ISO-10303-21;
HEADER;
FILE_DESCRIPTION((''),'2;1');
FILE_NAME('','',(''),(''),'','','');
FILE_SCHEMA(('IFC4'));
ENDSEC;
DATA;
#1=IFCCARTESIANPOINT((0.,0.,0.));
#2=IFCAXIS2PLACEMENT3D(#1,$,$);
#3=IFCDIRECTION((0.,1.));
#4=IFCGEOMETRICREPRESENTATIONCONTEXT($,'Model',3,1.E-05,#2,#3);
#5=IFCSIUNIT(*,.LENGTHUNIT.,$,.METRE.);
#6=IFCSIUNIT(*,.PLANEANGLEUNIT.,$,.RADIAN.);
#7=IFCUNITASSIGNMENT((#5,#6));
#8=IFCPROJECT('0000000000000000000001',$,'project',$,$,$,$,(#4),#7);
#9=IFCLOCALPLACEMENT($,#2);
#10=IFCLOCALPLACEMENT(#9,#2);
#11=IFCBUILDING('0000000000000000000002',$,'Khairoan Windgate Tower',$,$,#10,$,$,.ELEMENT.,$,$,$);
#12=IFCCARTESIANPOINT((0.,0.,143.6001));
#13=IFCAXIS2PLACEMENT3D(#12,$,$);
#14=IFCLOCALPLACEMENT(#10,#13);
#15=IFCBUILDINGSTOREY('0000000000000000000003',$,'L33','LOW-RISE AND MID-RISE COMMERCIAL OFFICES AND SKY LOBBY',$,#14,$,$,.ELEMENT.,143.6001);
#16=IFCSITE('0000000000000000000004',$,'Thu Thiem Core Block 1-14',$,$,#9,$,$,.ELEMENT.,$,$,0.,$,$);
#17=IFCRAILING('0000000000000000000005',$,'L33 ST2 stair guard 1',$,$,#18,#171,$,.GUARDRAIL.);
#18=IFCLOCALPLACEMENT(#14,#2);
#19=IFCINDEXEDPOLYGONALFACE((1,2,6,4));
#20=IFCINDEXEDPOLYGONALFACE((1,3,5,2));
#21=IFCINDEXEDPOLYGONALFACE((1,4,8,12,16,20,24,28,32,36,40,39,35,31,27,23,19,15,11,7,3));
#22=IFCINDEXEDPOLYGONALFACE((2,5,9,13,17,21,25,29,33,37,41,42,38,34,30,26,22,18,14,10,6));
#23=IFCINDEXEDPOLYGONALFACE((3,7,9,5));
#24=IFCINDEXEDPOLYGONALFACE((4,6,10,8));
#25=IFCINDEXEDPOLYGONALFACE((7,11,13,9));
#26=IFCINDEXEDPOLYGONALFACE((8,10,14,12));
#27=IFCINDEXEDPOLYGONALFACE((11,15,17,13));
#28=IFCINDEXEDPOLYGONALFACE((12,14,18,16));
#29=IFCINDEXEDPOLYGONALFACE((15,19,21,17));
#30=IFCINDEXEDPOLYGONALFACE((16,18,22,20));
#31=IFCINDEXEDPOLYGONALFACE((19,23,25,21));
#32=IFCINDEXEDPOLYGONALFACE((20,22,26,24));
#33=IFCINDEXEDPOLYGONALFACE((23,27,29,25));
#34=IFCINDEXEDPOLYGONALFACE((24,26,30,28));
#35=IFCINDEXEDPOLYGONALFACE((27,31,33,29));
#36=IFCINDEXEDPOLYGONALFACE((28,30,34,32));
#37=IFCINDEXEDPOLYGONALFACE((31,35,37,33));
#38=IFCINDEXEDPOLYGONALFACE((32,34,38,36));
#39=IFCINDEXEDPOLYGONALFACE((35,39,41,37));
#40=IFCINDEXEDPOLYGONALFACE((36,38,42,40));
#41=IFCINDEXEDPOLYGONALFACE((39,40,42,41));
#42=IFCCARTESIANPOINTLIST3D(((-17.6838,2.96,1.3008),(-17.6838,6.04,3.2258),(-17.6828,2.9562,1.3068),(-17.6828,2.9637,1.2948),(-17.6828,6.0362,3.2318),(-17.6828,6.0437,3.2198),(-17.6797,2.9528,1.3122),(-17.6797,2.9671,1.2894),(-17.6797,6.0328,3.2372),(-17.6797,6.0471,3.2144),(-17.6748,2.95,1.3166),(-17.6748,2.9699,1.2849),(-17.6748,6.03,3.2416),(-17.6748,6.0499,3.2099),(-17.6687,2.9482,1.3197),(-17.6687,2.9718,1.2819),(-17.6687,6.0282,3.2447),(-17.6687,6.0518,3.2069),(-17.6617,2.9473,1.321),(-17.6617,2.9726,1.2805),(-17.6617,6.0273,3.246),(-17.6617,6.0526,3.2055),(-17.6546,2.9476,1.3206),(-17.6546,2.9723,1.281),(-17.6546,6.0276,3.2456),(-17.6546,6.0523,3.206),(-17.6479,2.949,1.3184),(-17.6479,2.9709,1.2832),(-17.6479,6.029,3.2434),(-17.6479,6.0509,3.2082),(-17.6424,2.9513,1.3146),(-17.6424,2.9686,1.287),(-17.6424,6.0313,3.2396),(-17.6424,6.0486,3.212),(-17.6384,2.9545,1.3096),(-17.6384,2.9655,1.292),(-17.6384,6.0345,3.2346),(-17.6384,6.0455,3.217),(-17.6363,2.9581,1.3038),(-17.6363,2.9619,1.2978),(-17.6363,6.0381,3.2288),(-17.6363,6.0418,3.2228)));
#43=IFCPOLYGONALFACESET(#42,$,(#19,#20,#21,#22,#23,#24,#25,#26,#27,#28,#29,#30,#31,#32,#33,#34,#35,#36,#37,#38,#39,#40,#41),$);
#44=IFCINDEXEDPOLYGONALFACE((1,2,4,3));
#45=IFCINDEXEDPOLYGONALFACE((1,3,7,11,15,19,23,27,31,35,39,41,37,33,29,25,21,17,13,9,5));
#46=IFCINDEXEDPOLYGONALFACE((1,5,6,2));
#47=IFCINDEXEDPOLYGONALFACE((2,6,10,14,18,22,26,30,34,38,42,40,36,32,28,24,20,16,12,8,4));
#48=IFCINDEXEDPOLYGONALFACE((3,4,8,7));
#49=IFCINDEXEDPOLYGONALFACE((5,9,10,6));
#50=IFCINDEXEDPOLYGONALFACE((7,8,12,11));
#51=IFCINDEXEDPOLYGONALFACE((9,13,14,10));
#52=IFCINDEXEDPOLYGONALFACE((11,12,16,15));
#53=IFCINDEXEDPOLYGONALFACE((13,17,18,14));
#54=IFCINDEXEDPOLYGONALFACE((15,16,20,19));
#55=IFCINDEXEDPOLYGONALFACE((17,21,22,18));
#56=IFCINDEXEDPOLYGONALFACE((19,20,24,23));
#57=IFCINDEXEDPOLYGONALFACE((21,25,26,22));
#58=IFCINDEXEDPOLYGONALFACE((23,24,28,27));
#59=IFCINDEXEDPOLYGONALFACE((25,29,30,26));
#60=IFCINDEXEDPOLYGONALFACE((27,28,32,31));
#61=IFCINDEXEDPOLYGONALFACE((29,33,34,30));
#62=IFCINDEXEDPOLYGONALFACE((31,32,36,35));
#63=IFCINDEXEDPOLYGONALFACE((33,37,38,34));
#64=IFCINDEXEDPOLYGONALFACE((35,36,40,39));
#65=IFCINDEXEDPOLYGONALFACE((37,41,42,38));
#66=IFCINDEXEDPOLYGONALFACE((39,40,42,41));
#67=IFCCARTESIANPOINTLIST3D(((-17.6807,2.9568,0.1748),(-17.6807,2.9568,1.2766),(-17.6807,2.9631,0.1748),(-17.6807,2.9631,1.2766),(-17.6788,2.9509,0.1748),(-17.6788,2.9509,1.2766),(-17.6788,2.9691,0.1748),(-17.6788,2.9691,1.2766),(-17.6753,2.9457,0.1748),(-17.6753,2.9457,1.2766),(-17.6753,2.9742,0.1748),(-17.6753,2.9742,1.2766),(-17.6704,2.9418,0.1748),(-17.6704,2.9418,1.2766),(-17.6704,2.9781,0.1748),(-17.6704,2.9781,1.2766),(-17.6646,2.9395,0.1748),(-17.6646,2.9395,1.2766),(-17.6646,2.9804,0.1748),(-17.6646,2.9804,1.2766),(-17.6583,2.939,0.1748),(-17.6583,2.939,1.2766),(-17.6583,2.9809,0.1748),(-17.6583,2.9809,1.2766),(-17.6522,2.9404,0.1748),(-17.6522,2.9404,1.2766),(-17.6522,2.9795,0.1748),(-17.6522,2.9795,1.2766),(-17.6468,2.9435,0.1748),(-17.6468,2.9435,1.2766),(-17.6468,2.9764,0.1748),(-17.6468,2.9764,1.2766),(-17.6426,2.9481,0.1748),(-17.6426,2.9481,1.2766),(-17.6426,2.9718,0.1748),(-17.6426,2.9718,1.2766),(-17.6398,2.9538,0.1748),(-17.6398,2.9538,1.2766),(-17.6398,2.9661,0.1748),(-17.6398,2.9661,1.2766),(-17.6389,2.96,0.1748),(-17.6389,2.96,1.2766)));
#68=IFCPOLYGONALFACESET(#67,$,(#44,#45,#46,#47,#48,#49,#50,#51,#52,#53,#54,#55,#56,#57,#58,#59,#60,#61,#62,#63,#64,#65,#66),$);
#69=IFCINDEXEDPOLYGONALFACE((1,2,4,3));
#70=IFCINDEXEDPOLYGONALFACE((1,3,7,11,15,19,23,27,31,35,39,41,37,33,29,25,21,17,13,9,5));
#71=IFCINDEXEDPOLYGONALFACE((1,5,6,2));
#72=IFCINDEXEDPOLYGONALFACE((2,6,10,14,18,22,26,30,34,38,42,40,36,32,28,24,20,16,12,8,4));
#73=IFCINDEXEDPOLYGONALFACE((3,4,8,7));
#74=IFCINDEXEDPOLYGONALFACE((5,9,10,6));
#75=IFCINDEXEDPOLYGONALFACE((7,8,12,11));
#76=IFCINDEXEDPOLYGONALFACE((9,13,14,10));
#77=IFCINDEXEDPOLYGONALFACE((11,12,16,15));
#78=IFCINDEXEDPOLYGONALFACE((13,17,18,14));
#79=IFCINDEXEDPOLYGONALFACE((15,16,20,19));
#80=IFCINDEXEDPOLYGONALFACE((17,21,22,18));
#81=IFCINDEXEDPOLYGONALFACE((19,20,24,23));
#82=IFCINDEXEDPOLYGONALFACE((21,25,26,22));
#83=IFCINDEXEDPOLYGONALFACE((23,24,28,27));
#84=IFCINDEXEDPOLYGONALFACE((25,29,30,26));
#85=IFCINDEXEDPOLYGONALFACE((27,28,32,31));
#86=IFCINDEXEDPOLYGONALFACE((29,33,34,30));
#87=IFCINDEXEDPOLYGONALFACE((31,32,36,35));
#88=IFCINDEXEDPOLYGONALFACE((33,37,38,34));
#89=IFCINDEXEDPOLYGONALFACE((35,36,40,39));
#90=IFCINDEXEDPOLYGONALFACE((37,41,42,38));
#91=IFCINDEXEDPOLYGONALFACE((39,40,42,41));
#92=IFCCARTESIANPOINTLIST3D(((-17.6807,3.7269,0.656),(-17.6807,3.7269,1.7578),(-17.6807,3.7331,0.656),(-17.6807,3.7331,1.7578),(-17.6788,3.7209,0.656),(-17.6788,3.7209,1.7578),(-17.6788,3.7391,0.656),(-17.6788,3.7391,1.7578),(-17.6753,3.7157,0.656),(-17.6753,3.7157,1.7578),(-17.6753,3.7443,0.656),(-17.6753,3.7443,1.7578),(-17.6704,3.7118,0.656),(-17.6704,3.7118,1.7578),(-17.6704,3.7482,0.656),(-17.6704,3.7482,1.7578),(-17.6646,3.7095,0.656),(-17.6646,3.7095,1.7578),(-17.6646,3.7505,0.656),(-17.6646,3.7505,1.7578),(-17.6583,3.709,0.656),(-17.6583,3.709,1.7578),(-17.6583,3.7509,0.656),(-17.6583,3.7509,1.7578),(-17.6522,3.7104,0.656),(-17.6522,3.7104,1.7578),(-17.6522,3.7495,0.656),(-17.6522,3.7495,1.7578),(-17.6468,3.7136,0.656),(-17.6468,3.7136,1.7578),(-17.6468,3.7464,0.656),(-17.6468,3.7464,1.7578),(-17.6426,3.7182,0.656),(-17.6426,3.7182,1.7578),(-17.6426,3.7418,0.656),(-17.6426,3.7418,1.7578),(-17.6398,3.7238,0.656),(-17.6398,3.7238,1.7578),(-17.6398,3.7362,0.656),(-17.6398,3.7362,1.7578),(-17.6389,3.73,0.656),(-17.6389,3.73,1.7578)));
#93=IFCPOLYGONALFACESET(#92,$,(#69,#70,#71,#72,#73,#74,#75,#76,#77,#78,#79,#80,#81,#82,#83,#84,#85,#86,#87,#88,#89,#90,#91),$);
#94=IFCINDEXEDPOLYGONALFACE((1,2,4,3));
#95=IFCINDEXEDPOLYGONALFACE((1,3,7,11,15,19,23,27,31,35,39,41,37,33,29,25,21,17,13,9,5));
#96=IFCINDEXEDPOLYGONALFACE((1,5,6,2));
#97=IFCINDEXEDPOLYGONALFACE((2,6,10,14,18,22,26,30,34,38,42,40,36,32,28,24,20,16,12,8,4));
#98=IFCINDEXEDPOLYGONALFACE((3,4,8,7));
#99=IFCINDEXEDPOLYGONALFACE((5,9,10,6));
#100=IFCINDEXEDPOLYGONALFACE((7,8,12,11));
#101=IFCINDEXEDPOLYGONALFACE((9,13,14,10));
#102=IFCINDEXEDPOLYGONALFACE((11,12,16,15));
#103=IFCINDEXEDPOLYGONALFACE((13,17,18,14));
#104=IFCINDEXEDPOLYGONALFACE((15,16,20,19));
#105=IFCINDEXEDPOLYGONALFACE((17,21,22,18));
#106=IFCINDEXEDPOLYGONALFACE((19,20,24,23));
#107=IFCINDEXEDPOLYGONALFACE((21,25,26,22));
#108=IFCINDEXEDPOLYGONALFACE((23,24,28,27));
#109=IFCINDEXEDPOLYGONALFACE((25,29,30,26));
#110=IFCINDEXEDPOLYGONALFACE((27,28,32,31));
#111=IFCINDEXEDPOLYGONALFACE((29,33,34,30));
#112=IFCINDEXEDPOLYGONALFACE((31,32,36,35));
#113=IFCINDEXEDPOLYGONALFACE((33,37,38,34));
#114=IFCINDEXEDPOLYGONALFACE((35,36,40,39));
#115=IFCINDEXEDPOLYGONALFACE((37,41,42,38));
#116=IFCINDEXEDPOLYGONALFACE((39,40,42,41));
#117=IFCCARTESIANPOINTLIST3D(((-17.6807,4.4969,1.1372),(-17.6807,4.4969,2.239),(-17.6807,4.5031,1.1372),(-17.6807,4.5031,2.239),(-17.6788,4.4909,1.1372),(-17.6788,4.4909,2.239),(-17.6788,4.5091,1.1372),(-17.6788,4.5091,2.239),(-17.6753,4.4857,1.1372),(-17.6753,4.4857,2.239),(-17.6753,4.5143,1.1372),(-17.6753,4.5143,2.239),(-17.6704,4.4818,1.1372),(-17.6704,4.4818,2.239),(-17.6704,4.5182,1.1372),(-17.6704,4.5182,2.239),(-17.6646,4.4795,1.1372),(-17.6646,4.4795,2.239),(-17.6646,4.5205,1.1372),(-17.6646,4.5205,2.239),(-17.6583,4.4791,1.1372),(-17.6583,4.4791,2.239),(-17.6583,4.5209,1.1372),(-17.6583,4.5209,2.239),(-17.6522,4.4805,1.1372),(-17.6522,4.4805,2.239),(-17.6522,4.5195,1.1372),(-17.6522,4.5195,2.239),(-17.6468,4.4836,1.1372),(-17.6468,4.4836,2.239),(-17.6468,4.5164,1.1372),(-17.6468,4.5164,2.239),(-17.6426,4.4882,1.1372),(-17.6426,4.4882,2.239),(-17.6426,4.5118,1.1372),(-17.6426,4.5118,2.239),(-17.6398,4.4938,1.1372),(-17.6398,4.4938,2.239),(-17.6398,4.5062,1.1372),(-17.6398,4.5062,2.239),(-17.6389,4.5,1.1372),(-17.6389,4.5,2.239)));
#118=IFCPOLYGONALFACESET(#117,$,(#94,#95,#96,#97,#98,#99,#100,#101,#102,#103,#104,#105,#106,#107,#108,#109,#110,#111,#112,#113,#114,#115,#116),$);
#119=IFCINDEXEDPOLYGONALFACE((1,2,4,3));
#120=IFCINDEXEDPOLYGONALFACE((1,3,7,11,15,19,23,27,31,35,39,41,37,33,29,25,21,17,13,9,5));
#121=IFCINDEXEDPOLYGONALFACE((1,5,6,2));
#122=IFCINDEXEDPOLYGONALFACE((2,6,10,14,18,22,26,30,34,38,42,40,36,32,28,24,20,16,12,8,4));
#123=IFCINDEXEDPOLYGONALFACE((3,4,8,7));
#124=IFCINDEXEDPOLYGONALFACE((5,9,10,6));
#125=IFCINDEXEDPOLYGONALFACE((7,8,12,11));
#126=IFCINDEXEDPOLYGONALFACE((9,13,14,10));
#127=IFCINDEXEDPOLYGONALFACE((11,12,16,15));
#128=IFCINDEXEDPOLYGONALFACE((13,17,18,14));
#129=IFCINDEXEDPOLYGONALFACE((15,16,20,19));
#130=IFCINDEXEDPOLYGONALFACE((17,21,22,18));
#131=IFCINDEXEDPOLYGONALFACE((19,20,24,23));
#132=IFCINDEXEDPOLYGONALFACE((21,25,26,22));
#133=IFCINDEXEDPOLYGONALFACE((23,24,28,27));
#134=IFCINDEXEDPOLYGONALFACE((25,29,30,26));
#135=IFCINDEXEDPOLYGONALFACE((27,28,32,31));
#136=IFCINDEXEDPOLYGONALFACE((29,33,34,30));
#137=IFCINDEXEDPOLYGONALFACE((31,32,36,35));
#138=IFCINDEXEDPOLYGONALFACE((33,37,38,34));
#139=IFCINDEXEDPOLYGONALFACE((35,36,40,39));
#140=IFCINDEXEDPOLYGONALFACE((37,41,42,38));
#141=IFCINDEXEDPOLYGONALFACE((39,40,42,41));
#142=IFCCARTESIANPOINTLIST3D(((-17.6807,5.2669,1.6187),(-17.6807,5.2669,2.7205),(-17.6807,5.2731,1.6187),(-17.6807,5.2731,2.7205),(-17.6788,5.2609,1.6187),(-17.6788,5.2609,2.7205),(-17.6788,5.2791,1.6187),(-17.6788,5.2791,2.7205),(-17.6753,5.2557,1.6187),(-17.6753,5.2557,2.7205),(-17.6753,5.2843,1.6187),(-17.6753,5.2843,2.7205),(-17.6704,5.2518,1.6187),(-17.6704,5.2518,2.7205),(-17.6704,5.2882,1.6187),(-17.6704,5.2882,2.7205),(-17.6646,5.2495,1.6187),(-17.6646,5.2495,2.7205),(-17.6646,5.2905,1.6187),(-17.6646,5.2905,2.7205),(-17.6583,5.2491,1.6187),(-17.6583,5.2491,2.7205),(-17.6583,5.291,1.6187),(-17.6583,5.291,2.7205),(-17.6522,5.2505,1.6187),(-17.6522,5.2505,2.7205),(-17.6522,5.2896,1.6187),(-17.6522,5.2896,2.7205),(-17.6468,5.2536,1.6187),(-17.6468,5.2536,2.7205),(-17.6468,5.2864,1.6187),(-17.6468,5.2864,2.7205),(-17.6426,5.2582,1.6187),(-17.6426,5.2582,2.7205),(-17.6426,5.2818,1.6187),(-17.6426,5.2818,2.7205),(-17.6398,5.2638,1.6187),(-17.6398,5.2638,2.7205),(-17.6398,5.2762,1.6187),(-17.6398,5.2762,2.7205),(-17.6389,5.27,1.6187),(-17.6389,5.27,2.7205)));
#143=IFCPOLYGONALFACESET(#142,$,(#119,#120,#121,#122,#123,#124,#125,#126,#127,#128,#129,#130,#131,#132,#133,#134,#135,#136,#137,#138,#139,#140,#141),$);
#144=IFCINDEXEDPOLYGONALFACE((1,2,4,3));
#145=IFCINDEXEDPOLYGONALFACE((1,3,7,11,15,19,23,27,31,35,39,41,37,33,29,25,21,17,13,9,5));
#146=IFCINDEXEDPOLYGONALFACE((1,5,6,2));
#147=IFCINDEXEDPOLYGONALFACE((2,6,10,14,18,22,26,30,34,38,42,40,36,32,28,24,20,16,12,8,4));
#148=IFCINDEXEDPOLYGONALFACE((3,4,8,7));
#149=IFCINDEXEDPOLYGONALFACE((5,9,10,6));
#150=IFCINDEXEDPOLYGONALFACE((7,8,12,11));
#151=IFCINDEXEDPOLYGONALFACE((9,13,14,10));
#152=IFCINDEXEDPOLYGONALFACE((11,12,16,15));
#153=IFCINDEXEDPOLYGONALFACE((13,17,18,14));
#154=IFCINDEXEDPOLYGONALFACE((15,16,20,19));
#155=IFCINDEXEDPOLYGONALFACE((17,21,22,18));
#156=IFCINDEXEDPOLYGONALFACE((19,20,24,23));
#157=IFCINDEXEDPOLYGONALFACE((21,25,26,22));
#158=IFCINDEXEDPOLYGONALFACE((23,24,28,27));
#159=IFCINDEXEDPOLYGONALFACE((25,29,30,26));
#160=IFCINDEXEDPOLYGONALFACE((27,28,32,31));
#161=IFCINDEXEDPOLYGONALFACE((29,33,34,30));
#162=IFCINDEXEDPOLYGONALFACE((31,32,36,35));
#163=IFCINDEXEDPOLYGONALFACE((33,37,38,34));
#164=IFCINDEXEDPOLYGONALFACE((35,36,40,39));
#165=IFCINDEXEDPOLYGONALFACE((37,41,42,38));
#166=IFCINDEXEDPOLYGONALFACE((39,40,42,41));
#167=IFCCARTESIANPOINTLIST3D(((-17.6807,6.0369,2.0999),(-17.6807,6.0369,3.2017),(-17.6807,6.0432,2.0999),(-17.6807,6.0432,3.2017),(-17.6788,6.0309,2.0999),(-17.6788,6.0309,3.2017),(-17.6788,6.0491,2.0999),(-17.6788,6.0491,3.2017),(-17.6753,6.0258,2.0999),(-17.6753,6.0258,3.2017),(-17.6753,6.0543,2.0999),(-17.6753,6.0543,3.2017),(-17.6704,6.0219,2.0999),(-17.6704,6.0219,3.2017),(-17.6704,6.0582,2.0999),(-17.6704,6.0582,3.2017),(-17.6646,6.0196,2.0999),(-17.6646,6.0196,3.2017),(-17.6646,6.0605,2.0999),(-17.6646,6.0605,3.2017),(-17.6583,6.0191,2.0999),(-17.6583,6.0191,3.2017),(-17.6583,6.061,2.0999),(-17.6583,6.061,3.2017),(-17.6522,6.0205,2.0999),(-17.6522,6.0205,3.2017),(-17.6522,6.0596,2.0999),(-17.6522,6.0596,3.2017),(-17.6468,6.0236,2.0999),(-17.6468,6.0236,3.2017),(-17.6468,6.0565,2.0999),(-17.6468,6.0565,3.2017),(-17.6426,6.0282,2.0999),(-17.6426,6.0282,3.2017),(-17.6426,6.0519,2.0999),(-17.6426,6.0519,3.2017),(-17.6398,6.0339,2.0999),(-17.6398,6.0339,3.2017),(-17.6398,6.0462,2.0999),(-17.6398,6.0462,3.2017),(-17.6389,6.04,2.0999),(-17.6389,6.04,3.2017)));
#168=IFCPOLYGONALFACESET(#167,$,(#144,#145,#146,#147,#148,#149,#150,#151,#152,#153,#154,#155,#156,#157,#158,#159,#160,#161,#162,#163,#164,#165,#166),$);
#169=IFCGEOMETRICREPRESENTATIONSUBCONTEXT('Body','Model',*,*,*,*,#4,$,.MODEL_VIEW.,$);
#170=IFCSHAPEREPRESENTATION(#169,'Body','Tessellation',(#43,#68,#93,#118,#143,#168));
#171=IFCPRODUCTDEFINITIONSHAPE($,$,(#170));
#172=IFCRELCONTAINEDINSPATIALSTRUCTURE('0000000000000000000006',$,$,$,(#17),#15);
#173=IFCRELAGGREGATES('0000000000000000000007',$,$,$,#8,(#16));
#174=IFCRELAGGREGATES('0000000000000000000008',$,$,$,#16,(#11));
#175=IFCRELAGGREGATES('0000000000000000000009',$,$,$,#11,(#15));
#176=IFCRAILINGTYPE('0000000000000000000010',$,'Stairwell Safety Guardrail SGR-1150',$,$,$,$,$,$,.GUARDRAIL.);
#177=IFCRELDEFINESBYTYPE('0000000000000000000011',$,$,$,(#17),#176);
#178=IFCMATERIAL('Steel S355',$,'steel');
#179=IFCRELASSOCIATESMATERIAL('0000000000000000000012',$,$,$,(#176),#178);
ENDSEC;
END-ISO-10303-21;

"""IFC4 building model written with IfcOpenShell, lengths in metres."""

from ifc_helpers import new_model, si_unit, direction, frame, origin, origin_2d, place, context, subcontext, project, spatial, circle, extrude, material, type_object, element, save


model = new_model("IFC4")

# Units and contexts
model_context = context("Model", 3, precision=1e-05, world=origin(), true_north=direction((0.0, 1.0)))
body_context = subcontext(model_context, "Body", "Model", "MODEL_VIEW")
ifc_project = project(units=[si_unit("LENGTHUNIT", "METRE"), si_unit("PLANEANGLEUNIT", "RADIAN")], contexts=[model_context])

# Site, building, storey
site_placement = place(None, origin())
site = spatial("IfcSite", under=ifc_project, at=site_placement, Name="Thu Thiem Core Block 1-14", CompositionType="ELEMENT", RefElevation=0.0)
building_placement = place(site_placement, origin())
building = spatial("IfcBuilding", under=site, at=building_placement, Name="Khairoan Windgate Tower", CompositionType="ELEMENT")
storey_placement = place(building_placement, frame((0.0, 0.0, 143.6001)))
storey = spatial("IfcBuildingStorey", under=building, at=storey_placement, Name="L33", Description="LOW-RISE AND MID-RISE COMMERCIAL OFFICES AND SKY LOBBY", CompositionType="ELEMENT", Elevation=143.6001)

# Railing
ifc_material_1 = material(Name="Steel S355", Category="steel")
railing_type_1 = type_object("IfcRailingType", Name="Stairwell Safety Guardrail SGR-1150", PredefinedType="GUARDRAIL", material=ifc_material_1)
railing_1_placement = place(storey_placement, frame((-17.6599, 2.96, 0.1748)))
element("IfcRailing", 1, at=railing_1_placement, inside=storey, type_object=railing_type_1, Name="L33 ST2 stair guard 1", PredefinedType="GUARDRAIL", context=body_context, shape_type="SweptSolid", body=[
    extrude(circle(Radius=0.0239, at=origin_2d()), frame((0.0, 0.0, 1.126), z_axis=(0.0, 0.847998, 0.529999), x_axis=(-1.0, 0.0, 0.0)), (0.0, 0.0, 1.0), 3.6321),
    extrude(circle(Radius=0.021, at=origin_2d()), origin(), (0.0, 0.0, 1.0), 1.1018),
    extrude(circle(Radius=0.021, at=origin_2d()), frame((0.0, 0.77, 0.4812)), (0.0, 0.0, 1.0), 1.1018),
    extrude(circle(Radius=0.021, at=origin_2d()), frame((0.0, 1.54, 0.9624)), (0.0, 0.0, 1.0), 1.1018),
    extrude(circle(Radius=0.021, at=origin_2d()), frame((0.0, 2.3101, 1.4438)), (0.0, 0.0, 1.0), 1.1018),
    extrude(circle(Radius=0.021, at=origin_2d()), frame((0.0, 3.0801, 1.925)), (0.0, 0.0, 1.0), 1.1018),
])

save(model, "model.ifc")
